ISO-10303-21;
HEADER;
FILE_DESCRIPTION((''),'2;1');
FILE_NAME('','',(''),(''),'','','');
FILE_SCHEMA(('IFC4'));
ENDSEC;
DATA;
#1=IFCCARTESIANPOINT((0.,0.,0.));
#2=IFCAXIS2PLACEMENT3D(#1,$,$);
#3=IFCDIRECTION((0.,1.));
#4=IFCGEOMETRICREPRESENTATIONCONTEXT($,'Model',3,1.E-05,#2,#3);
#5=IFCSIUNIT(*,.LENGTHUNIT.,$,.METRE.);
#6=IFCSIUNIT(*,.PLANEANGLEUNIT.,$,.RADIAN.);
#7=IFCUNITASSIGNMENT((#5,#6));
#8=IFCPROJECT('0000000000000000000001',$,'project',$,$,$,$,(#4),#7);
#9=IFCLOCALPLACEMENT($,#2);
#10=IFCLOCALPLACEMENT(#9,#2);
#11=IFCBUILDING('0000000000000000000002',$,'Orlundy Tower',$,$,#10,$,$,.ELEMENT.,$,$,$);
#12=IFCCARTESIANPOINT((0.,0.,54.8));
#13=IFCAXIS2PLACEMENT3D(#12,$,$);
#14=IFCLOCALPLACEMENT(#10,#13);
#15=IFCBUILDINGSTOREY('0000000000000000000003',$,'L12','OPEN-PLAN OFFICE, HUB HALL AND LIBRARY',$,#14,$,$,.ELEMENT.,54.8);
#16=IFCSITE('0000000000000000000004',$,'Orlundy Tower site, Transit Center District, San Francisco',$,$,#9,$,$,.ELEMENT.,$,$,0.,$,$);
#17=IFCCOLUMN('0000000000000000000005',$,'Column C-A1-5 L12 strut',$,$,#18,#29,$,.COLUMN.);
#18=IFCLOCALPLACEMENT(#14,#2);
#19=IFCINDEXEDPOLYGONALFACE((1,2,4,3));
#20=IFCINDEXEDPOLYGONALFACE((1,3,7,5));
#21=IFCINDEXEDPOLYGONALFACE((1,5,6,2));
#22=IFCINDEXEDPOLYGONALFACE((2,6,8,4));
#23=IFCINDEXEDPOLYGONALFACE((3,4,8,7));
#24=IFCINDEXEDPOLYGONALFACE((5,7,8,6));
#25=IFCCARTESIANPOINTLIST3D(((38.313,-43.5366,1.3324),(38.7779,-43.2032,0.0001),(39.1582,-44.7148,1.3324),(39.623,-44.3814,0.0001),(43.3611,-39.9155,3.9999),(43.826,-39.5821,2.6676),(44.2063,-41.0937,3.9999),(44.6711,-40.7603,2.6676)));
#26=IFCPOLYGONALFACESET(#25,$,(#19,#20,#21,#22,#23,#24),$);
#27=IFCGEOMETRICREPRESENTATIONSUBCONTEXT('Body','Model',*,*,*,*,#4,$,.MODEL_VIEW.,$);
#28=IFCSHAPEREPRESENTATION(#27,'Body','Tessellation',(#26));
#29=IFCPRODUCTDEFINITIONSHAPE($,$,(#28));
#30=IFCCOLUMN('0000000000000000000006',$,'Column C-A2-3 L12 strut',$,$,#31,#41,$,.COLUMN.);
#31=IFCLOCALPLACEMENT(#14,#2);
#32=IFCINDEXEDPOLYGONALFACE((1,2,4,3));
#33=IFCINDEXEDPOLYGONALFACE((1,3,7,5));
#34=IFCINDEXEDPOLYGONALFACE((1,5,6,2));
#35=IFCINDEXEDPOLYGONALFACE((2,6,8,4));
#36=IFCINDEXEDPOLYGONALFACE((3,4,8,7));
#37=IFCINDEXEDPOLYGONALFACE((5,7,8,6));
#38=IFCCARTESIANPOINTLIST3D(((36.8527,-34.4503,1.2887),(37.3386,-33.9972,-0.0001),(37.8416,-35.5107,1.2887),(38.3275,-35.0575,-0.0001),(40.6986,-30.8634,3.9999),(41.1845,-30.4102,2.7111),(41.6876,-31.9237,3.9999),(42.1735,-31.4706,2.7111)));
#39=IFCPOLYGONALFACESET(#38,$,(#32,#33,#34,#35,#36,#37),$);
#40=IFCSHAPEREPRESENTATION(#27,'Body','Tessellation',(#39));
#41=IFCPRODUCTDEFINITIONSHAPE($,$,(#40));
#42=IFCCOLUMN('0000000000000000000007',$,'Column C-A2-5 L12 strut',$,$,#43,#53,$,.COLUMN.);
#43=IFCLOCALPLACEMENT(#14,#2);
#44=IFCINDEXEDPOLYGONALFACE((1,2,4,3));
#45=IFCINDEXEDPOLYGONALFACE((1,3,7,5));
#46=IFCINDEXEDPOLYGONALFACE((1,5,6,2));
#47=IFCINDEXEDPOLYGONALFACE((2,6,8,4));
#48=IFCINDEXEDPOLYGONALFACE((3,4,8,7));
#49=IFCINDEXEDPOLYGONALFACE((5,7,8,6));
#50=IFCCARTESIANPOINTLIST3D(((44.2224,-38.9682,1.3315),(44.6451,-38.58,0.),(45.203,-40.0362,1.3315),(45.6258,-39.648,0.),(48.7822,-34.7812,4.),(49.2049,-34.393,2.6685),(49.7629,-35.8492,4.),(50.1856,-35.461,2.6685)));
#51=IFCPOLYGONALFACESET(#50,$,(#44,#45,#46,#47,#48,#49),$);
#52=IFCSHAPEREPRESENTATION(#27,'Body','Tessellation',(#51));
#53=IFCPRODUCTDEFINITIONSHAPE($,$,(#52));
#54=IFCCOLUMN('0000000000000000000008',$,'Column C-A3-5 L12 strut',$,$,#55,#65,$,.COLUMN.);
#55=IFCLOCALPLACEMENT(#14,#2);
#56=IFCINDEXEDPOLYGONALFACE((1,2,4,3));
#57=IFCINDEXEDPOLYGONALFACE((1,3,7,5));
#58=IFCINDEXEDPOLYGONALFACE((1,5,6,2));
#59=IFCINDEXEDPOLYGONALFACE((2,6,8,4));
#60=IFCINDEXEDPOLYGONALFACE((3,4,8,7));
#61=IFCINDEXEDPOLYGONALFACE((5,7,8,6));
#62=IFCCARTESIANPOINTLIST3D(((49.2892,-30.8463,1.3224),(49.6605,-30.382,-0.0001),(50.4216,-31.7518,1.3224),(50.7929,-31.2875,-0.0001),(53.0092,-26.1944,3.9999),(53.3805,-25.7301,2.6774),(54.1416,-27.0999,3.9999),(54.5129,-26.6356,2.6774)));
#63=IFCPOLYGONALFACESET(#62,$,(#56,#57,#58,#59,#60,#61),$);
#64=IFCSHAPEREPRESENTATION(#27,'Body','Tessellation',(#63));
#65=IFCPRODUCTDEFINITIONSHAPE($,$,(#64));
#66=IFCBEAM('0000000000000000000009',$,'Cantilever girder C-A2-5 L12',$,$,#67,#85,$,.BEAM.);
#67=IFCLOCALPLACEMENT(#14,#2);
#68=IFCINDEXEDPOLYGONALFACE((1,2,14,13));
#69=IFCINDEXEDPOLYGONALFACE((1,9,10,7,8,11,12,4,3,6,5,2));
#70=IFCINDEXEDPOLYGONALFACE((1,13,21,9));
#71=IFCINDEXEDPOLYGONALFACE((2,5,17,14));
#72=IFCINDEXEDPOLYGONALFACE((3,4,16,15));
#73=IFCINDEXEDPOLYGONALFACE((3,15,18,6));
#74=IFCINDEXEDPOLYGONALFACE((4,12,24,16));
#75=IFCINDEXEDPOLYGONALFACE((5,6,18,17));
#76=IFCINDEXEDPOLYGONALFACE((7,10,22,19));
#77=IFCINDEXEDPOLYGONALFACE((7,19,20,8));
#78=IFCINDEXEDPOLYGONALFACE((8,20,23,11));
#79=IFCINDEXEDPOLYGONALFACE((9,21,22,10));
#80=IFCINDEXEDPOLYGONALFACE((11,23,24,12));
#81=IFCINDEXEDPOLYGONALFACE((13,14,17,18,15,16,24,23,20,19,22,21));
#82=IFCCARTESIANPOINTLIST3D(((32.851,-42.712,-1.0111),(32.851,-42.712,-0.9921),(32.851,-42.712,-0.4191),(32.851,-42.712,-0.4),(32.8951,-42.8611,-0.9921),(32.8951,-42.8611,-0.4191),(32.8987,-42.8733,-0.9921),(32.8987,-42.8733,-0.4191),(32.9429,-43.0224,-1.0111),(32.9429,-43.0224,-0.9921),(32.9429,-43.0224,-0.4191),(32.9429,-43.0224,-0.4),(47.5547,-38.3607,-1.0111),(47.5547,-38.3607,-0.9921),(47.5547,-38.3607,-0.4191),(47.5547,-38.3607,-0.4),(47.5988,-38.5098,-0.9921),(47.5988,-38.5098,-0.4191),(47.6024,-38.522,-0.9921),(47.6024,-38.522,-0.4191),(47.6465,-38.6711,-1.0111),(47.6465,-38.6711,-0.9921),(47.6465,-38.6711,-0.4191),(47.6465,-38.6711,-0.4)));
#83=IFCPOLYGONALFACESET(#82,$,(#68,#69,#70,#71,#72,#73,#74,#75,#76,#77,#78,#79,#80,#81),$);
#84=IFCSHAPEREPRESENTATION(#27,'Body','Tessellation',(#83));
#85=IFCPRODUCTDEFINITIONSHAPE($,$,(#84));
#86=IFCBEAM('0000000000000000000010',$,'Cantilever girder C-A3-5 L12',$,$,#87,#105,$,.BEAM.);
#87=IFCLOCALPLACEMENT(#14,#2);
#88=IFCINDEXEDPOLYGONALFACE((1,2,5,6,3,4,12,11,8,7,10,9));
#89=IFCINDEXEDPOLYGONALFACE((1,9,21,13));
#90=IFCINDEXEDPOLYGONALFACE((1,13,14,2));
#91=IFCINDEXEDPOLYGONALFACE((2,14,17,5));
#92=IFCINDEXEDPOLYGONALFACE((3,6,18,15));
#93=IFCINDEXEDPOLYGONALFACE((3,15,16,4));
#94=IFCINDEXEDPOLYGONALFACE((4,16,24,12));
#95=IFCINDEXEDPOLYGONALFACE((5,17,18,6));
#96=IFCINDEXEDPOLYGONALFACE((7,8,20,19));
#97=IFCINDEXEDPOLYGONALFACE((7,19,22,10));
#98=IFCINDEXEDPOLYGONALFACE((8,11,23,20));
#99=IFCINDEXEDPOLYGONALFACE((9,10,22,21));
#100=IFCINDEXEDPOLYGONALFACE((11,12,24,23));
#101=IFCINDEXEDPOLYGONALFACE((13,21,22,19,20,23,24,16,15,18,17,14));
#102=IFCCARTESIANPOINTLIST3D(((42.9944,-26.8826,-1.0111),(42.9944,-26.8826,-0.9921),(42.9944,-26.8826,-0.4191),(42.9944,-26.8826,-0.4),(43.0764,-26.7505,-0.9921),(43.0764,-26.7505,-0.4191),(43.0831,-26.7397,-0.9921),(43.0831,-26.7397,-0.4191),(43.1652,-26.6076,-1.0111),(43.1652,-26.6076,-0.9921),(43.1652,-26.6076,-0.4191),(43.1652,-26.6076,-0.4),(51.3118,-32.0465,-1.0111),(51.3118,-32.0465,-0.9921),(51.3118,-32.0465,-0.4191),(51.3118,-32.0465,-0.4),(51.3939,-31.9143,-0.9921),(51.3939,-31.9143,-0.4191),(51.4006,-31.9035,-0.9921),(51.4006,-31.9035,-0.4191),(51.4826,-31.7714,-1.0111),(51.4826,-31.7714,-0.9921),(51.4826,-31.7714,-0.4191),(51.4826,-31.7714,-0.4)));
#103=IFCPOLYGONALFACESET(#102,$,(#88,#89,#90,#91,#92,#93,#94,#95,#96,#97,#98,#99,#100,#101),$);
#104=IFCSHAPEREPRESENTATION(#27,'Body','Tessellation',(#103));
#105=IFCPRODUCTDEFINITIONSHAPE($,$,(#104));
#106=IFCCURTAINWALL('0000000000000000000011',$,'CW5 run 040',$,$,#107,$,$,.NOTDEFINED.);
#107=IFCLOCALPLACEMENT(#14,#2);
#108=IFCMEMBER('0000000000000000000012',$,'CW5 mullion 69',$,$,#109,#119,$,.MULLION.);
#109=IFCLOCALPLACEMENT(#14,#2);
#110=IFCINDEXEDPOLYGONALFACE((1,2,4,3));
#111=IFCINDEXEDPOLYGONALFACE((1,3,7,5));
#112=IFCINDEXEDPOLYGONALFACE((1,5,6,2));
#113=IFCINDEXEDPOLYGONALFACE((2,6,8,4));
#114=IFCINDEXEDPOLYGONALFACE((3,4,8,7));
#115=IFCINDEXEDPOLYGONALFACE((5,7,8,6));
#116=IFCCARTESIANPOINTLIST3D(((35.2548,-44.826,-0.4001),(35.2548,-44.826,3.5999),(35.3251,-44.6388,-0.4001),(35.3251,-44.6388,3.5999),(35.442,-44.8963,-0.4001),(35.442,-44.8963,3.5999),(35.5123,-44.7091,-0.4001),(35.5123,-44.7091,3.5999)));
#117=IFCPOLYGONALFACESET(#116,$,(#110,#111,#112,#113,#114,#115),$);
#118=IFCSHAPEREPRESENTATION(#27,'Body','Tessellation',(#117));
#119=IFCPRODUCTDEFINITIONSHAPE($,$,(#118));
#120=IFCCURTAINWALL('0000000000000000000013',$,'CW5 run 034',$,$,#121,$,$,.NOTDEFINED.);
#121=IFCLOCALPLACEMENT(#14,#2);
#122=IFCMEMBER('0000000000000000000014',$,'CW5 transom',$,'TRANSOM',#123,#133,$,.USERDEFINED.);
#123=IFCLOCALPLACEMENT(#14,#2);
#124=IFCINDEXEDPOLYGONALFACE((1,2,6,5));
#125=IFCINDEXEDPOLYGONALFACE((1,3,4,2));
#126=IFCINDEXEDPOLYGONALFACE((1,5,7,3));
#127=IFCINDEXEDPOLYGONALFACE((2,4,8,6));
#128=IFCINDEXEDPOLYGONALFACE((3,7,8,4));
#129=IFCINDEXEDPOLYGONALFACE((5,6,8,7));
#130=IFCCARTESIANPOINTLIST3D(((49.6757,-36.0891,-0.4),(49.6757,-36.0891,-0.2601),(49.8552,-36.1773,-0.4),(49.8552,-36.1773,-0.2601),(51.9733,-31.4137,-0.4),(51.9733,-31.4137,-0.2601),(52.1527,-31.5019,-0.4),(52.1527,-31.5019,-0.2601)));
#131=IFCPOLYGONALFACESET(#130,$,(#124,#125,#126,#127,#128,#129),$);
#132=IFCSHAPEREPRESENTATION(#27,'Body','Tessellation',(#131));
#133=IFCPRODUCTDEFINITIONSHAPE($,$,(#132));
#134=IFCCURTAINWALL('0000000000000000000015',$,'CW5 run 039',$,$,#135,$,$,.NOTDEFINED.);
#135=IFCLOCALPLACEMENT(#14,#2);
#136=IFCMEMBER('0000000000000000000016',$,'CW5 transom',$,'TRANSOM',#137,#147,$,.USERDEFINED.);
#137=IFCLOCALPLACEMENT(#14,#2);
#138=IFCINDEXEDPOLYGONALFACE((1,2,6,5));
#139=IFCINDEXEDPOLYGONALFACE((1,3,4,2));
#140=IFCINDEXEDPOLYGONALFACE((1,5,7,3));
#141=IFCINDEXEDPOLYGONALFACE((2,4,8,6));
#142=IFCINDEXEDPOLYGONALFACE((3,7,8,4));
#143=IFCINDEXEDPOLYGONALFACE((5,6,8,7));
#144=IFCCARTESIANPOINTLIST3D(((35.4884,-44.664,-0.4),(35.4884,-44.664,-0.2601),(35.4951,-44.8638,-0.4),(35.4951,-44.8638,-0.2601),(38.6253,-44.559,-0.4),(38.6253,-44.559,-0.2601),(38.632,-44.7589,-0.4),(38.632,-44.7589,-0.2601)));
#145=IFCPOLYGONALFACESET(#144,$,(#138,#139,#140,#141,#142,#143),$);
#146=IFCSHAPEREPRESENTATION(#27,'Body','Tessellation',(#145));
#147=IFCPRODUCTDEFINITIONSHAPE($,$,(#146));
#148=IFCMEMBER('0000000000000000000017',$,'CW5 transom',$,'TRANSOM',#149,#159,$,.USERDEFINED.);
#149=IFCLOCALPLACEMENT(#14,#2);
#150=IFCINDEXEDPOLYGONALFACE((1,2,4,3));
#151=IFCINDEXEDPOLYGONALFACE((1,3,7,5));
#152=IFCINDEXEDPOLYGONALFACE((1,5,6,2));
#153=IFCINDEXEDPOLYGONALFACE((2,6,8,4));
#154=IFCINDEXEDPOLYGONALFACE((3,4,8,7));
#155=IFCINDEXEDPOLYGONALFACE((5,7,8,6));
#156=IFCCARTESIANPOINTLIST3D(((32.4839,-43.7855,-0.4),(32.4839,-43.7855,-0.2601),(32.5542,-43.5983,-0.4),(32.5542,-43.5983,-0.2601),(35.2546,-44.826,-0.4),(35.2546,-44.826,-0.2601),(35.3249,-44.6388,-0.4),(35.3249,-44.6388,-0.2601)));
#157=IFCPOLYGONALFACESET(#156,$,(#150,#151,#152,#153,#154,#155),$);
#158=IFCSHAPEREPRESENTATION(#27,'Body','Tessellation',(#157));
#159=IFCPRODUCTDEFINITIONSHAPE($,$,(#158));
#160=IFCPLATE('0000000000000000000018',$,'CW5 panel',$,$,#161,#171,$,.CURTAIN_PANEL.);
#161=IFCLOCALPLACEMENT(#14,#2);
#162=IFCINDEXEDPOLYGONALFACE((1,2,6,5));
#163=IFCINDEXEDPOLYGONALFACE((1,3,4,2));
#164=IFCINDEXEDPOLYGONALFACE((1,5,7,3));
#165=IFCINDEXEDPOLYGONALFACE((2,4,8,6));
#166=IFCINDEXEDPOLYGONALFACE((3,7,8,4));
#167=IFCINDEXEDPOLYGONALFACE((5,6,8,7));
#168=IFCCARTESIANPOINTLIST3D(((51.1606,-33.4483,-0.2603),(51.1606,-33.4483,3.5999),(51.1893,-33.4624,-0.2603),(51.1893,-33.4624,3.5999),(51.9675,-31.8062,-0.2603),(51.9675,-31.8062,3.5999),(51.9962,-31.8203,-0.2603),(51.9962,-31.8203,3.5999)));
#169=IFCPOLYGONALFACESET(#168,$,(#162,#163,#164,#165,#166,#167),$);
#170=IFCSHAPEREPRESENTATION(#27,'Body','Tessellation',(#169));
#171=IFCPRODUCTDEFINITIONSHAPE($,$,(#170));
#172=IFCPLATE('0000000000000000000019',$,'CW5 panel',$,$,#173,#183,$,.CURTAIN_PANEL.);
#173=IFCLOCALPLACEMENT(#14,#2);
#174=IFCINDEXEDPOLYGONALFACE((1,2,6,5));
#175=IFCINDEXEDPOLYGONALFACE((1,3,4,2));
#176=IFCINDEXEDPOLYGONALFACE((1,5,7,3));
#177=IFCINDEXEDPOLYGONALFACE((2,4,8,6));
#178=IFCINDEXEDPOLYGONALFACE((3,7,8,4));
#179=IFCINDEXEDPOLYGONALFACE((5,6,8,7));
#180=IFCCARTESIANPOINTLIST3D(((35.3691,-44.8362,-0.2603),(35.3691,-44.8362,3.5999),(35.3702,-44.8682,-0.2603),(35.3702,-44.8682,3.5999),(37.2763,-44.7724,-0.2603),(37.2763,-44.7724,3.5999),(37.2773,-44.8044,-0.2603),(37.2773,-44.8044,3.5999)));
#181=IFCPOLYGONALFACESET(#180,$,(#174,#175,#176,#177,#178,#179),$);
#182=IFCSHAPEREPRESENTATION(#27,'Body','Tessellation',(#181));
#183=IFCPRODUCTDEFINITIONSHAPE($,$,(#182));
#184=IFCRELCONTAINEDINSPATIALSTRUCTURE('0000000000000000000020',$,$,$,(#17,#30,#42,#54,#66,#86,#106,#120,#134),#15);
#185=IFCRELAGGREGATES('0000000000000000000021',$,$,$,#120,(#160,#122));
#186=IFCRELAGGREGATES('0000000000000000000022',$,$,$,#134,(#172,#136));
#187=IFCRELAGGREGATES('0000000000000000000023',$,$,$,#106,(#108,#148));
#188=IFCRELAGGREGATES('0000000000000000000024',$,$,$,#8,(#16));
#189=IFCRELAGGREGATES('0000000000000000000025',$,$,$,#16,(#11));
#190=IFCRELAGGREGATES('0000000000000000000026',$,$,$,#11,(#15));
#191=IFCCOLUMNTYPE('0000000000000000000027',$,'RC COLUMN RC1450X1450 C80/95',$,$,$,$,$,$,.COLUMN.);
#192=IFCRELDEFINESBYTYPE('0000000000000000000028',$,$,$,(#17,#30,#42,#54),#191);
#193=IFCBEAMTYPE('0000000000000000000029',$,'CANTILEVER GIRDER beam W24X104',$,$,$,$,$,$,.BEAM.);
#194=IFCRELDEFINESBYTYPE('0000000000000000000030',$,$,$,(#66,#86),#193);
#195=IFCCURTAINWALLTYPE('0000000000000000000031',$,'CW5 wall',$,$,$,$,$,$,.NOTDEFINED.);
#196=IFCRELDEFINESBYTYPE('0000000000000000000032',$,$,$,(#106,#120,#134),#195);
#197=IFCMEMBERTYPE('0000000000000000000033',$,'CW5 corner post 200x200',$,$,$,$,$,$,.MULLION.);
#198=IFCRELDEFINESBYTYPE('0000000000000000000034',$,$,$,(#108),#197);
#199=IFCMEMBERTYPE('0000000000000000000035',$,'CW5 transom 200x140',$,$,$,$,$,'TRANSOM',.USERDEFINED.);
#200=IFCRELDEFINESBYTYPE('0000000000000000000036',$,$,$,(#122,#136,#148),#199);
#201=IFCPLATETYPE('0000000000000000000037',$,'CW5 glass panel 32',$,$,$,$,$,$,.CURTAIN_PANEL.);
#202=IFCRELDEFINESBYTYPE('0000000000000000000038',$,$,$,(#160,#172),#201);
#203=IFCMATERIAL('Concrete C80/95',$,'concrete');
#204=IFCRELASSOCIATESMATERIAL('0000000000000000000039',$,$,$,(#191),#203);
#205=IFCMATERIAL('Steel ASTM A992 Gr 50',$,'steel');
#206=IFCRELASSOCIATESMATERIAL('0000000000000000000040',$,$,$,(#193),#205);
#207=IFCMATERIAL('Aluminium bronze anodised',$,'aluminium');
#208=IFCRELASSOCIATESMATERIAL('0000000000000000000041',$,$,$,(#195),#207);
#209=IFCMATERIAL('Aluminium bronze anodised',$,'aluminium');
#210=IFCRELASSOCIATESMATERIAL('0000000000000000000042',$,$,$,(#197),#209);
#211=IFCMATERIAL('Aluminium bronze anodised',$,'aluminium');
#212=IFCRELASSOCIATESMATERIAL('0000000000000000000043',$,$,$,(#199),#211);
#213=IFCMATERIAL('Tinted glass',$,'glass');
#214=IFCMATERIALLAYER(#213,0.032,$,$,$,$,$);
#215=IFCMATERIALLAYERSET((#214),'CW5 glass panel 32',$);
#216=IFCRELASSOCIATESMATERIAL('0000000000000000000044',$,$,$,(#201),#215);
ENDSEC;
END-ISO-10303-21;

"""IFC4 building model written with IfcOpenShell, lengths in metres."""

from ifc_helpers import new_model, si_unit, direction, frame, origin, origin_2d, place, context, subcontext, project, spatial, rectangle, i_section, extrude, material, layer, layer_set, material_profile, profile_set, type_object, element, aggregate, save


model = new_model("IFC4")

# Units and contexts
model_context = context("Model", 3, precision=1e-05, world=origin(), true_north=direction((0.0, 1.0)))
body_context = subcontext(model_context, "Body", "Model", "MODEL_VIEW")
ifc_project = project(units=[si_unit("LENGTHUNIT", "METRE"), si_unit("PLANEANGLEUNIT", "RADIAN")], contexts=[model_context])

# Site, building, storey
site_placement = place(None, origin())
site = spatial("IfcSite", under=ifc_project, at=site_placement, Name="Orlundy Tower site, Transit Center District, San Francisco", CompositionType="ELEMENT", RefElevation=0.0)
building_placement = place(site_placement, origin())
building = spatial("IfcBuilding", under=site, at=building_placement, Name="Orlundy Tower", CompositionType="ELEMENT")
storey_placement = place(building_placement, frame((0.0, 0.0, 54.8)))
storey = spatial("IfcBuildingStorey", under=building, at=storey_placement, Name="L12", Description="OPEN-PLAN OFFICE, HUB HALL AND LIBRARY", CompositionType="ELEMENT", Elevation=54.8)

# Columns
ifc_material_1 = material(Name="Concrete C80/95", Category="concrete")
ifc_material_profile_1 = material_profile(ifc_material_1, rectangle(XDim=1.45, YDim=1.45, at=origin_2d()), Name="RC1450X1450")
ifc_profile_set_1 = profile_set([ifc_material_profile_1], Name="Concrete C80/95")
column_type = type_object("IfcColumnType", Name="RC COLUMN RC1450X1450 C80/95", PredefinedType="COLUMN", material=ifc_profile_set_1)
column_1_placement = place(storey_placement, frame((38.968, -43.959, 0.6663), z_axis=(0.74665, 0.535586, 0.39454), x_axis=(-0.582869, 0.812566, 0.0)))
element("IfcColumn", 1, at=column_1_placement, inside=storey, type_object=column_type, Name="Column C-A1-5 L12 strut", PredefinedType="COLUMN", context=body_context, shape_type="SweptSolid", body=[
    extrude(rectangle(XDim=1.45, YDim=1.45, at=origin_2d()), origin(), (0.0, 0.0, 1.0), 6.761),
])
column_2_placement = place(storey_placement, frame((37.5901, -34.7539, 0.6443), z_axis=(0.650012, 0.606232, 0.458222), x_axis=(-0.68205, 0.731305, 0.0)))
element("IfcColumn", 2, at=column_2_placement, inside=storey, type_object=column_type, Name="Column C-A2-3 L12 strut", PredefinedType="COLUMN", context=body_context, shape_type="SweptSolid", body=[
    extrude(rectangle(XDim=1.45, YDim=1.45, at=origin_2d()), origin(), (0.0, 0.0, 1.0), 5.9167),
])
column_3_placement = place(storey_placement, frame((44.9241, -39.3081, 0.6658), z_axis=(0.676411, 0.621109, 0.395844), x_axis=(-0.676355, 0.736576, 0.0)))
element("IfcColumn", 3, at=column_3_placement, inside=storey, type_object=column_type, Name="Column C-A2-5 L12 strut", PredefinedType="COLUMN", context=body_context, shape_type="SweptSolid", body=[
    extrude(rectangle(XDim=1.45, YDim=1.45, at=origin_2d()), origin(), (0.0, 0.0, 1.0), 6.7412),
])
column_4_placement = place(storey_placement, frame((50.041, -31.0669, 0.6611), z_axis=(0.569634, 0.712332, 0.41), x_axis=(-0.780993, 0.62454, 0.0)))
element("IfcColumn", 4, at=column_4_placement, inside=storey, type_object=column_type, Name="Column C-A3-5 L12 strut", PredefinedType="COLUMN", context=body_context, shape_type="SweptSolid", body=[
    extrude(rectangle(XDim=1.45, YDim=1.45, at=origin_2d()), origin(), (0.0, 0.0, 1.0), 6.5305),
])

# Beams
ifc_material_2 = material(Name="Steel ASTM A992 Gr 50", Category="steel")
ifc_material_profile_2 = material_profile(ifc_material_2, i_section(OverallWidth=0.3237, OverallDepth=0.6111, WebThickness=0.0127, FlangeThickness=0.019, at=origin_2d()), Name="W24X104")
ifc_profile_set_2 = profile_set([ifc_material_profile_2], Name="Steel ASTM A992 Gr 50")
beam_type = type_object("IfcBeamType", Name="CANTILEVER GIRDER beam W24X104", PredefinedType="BEAM", material=ifc_profile_set_2)
beam_1_placement = place(storey_placement, frame((47.6006, -38.5159, -0.7056), z_axis=(-0.958892, -0.28377, 0.0), x_axis=(0.28377, -0.958892, 0.0)))
element("IfcBeam", 5, at=beam_1_placement, inside=storey, type_object=beam_type, Name="Cantilever girder C-A2-5 L12", PredefinedType="BEAM", context=body_context, shape_type="SweptSolid", body=[
    extrude(i_section(OverallWidth=0.3237, OverallDepth=0.6111, WebThickness=0.0127, FlangeThickness=0.019, at=origin_2d()), origin(), (0.0, 0.0, 1.0), 15.334),
])
beam_2_placement = place(storey_placement, frame((51.3972, -31.9089, -0.7056), z_axis=(-0.84958, 0.527459, 0.0), x_axis=(-0.527459, -0.84958, 0.0)))
element("IfcBeam", 6, at=beam_2_placement, inside=storey, type_object=beam_type, Name="Cantilever girder C-A3-5 L12", PredefinedType="BEAM", context=body_context, shape_type="SweptSolid", body=[
    extrude(i_section(OverallWidth=0.3237, OverallDepth=0.6111, WebThickness=0.0127, FlangeThickness=0.019, at=origin_2d()), origin(), (0.0, 0.0, 1.0), 9.79),
])

# Curtain walls, members
ifc_material_3 = material(Name="Aluminium bronze anodised", Category="aluminium")
curtain_wall_type = type_object("IfcCurtainWallType", Name="CW5 wall", PredefinedType="NOTDEFINED", material=ifc_material_3)
curtain_wall_1_placement = place(storey_placement, origin())
curtain_wall_1 = element("IfcCurtainWall", 7, at=curtain_wall_1_placement, inside=storey, type_object=curtain_wall_type, Name="CW5 run 040", PredefinedType="NOTDEFINED")
ifc_material_4 = material(Name="Aluminium bronze anodised", Category="aluminium")
ifc_material_profile_3 = material_profile(ifc_material_4, rectangle(XDim=0.2, YDim=0.2, at=origin_2d()), Name="CW5 corner post 200x200")
ifc_profile_set_3 = profile_set([ifc_material_profile_3], Name="Aluminium bronze anodised")
member_type_1 = type_object("IfcMemberType", Name="CW5 corner post 200x200", PredefinedType="MULLION", material=ifc_profile_set_3)
member_1_placement = place(storey_placement, frame((35.3835, -44.7676, -0.4001), z_axis=(0.0, 0.0, 1.0), x_axis=(-0.351537, -0.936174, 0.0)))
member_1 = element("IfcMember", 8, at=member_1_placement, type_object=member_type_1, Name="CW5 mullion 69", PredefinedType="MULLION", context=body_context, shape_type="SweptSolid", body=[
    extrude(rectangle(XDim=0.2, YDim=0.2, at=origin_2d()), origin(), (0.0, 0.0, 1.0), 4.0),
])
curtain_wall_2_placement = place(storey_placement, origin())
curtain_wall_2 = element("IfcCurtainWall", 9, at=curtain_wall_2_placement, inside=storey, type_object=curtain_wall_type, Name="CW5 run 034", PredefinedType="NOTDEFINED")
ifc_material_5 = material(Name="Aluminium bronze anodised", Category="aluminium")
ifc_material_profile_4 = material_profile(ifc_material_5, rectangle(XDim=0.2, YDim=0.1399, at=origin_2d()), Name="CW5 transom 200x140")
ifc_profile_set_4 = profile_set([ifc_material_profile_4], Name="Aluminium bronze anodised")
member_type_2 = type_object("IfcMemberType", Name="CW5 transom 200x140", ElementType="TRANSOM", PredefinedType="USERDEFINED", material=ifc_profile_set_4)
member_2_placement = place(storey_placement, frame((52.063, -31.4578, -0.3301), z_axis=(-0.441036, -0.89749, 0.0), x_axis=(0.89749, -0.441036, 0.0)))
member_2 = element("IfcMember", 10, at=member_2_placement, type_object=member_type_2, Name="CW5 transom", ObjectType="TRANSOM", PredefinedType="USERDEFINED", context=body_context, shape_type="SweptSolid", body=[
    extrude(rectangle(XDim=0.2, YDim=0.1399, at=origin_2d()), origin(), (0.0, 0.0, 1.0), 5.2095),
])
curtain_wall_3_placement = place(storey_placement, origin())
curtain_wall_3 = element("IfcCurtainWall", 11, at=curtain_wall_3_placement, inside=storey, type_object=curtain_wall_type, Name="CW5 run 039", PredefinedType="NOTDEFINED")
member_3_placement = place(storey_placement, frame((38.6287, -44.6589, -0.3301), z_axis=(-0.99944, -0.033447, 0.0), x_axis=(0.033447, -0.99944, 0.0)))
member_3 = element("IfcMember", 12, at=member_3_placement, type_object=member_type_2, Name="CW5 transom", ObjectType="TRANSOM", PredefinedType="USERDEFINED", context=body_context, shape_type="SweptSolid", body=[
    extrude(rectangle(XDim=0.2, YDim=0.1399, at=origin_2d()), origin(), (0.0, 0.0, 1.0), 3.1387),
])

# Member
member_4_placement = place(storey_placement, frame((35.2898, -44.7324, -0.3301), z_axis=(-0.936163, 0.351566, 0.0), x_axis=(-0.351566, -0.936163, 0.0)))
member_4 = element("IfcMember", 13, at=member_4_placement, type_object=member_type_2, Name="CW5 transom", ObjectType="TRANSOM", PredefinedType="USERDEFINED", context=body_context, shape_type="SweptSolid", body=[
    extrude(rectangle(XDim=0.2, YDim=0.1399, at=origin_2d()), origin(), (0.0, 0.0, 1.0), 2.9597),
])

# Plates
ifc_material_6 = material(Name="Tinted glass", Category="glass")
ifc_layer_1 = layer(ifc_material_6, 0.032)
ifc_layer_set_1 = layer_set([ifc_layer_1], Name="CW5 glass panel 32")
plate_type = type_object("IfcPlateType", Name="CW5 glass panel 32", PredefinedType="CURTAIN_PANEL", material=ifc_layer_set_1)
plate_1_placement = place(storey_placement, frame((51.5784, -32.6343, -0.2603), z_axis=(0.0, 0.0, 1.0), x_axis=(-0.441012, -0.897501, 0.0)))
plate_1 = element("IfcPlate", 14, at=plate_1_placement, type_object=plate_type, Name="CW5 panel", PredefinedType="CURTAIN_PANEL", context=body_context, shape_type="SweptSolid", body=[
    extrude(rectangle(XDim=1.8296, YDim=0.032, at=origin_2d()), origin(), (0.0, 0.0, 1.0), 3.8601),
])
aggregate(curtain_wall_2, [plate_1, member_2])
plate_2_placement = place(storey_placement, frame((36.3232, -44.8203, -0.2603), z_axis=(0.0, 0.0, 1.0), x_axis=(-0.99944, -0.03345, 0.0)))
plate_2 = element("IfcPlate", 15, at=plate_2_placement, type_object=plate_type, Name="CW5 panel", PredefinedType="CURTAIN_PANEL", context=body_context, shape_type="SweptSolid", body=[
    extrude(rectangle(XDim=1.9082, YDim=0.032, at=origin_2d()), origin(), (0.0, 0.0, 1.0), 3.8601),
])
aggregate(curtain_wall_3, [plate_2, member_3])
aggregate(curtain_wall_1, [member_1, member_4])

save(model, "model.ifc")
